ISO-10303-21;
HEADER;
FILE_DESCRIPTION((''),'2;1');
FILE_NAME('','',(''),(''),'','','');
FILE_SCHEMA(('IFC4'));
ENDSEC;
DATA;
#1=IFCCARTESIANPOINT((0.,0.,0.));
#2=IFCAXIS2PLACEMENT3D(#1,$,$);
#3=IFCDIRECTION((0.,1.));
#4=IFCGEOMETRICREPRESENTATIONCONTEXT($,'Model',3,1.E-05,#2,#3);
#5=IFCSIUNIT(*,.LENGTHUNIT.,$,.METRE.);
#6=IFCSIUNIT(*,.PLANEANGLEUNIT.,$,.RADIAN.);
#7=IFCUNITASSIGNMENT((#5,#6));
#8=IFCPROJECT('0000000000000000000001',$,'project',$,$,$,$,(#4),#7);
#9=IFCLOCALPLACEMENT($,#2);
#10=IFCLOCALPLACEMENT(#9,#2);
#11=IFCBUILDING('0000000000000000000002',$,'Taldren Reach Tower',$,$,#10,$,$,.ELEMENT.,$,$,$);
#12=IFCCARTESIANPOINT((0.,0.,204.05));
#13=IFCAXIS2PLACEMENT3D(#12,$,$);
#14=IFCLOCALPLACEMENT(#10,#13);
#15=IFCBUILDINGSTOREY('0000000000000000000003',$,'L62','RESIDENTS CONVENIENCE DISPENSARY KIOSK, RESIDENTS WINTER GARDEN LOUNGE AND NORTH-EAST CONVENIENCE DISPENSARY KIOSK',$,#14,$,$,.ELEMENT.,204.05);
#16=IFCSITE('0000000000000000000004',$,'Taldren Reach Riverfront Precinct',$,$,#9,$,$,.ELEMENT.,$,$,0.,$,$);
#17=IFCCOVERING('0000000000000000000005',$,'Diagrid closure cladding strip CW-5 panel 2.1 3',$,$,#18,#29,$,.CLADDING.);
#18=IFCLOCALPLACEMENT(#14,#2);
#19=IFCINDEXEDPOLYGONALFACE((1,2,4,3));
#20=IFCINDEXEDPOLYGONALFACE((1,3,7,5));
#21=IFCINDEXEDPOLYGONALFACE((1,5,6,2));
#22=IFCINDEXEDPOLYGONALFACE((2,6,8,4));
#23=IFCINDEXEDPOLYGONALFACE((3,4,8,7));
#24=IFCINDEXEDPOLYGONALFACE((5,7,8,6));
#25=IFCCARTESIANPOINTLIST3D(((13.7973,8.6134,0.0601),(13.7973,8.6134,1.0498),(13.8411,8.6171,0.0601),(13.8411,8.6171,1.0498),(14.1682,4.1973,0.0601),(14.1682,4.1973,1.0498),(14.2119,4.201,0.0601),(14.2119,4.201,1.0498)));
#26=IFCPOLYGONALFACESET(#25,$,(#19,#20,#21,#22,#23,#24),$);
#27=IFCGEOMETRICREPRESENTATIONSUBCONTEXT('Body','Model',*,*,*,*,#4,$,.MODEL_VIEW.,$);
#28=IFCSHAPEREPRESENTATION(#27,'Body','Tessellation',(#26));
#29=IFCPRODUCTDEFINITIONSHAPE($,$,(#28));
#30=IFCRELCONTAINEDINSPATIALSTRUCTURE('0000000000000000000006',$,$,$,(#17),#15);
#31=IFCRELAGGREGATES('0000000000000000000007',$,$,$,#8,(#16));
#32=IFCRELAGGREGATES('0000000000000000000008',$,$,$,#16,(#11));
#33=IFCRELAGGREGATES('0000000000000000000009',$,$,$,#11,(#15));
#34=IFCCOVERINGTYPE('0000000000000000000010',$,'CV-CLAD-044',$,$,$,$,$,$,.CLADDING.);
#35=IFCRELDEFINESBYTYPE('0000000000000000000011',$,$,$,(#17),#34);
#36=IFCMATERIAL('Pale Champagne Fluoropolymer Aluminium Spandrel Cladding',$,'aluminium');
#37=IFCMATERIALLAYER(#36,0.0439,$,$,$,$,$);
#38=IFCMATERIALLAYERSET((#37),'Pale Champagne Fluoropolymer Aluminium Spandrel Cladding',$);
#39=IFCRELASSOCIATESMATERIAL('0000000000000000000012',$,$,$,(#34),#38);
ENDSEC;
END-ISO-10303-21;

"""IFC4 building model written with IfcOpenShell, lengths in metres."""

from ifc_helpers import new_model, si_unit, direction, frame, origin, origin_2d, place, context, subcontext, project, spatial, rectangle, extrude, source, transform, mapped, material, layer, layer_set, type_object, element, save


model = new_model("IFC4")

# Units and contexts
model_context = context("Model", 3, precision=1e-05, world=origin(), true_north=direction((0.0, 1.0)))
body_context = subcontext(model_context, "Body", "Model", "MODEL_VIEW")
ifc_project = project(units=[si_unit("LENGTHUNIT", "METRE"), si_unit("PLANEANGLEUNIT", "RADIAN")], contexts=[model_context])

# Site, building, storey
site_placement = place(None, origin())
site = spatial("IfcSite", under=ifc_project, at=site_placement, Name="Taldren Reach Riverfront Precinct", CompositionType="ELEMENT", RefElevation=0.0)
building_placement = place(site_placement, origin())
building = spatial("IfcBuilding", under=site, at=building_placement, Name="Taldren Reach Tower", CompositionType="ELEMENT")
storey_placement = place(building_placement, frame((0.0, 0.0, 204.05)))
storey = spatial("IfcBuildingStorey", under=building, at=storey_placement, Name="L62", Description="RESIDENTS CONVENIENCE DISPENSARY KIOSK, RESIDENTS WINTER GARDEN LOUNGE AND NORTH-EAST CONVENIENCE DISPENSARY KIOSK", CompositionType="ELEMENT", Elevation=204.05)

# Covering
ifc_material_1 = material(Name="Pale Champagne Fluoropolymer Aluminium Spandrel Cladding", Category="aluminium")
ifc_layer_1 = layer(ifc_material_1, 0.0439)
ifc_layer_set_1 = layer_set([ifc_layer_1], Name="Pale Champagne Fluoropolymer Aluminium Spandrel Cladding")
covering_type = type_object("IfcCoveringType", Name="CV-CLAD-044", PredefinedType="CLADDING", material=ifc_layer_set_1)
shared_shape_1 = source(origin(), body_context, "Body", "SweptSolid", [
    extrude(rectangle(XDim=4.4316, YDim=0.0439, at=origin_2d()), origin(), (0.0, 0.0, 1.0), 0.9897),
])
covering_placement = place(storey_placement, frame((14.0046, 6.4072, 0.0601), z_axis=(0.0, 0.0, 1.0), x_axis=(0.083678, -0.996493, 0.0)))
element("IfcCovering", 1, at=covering_placement, inside=storey, type_object=covering_type, Name="Diagrid closure cladding strip CW-5 panel 2.1 3", PredefinedType="CLADDING", context=body_context, shape_type="MappedRepresentation", body=[
    mapped(shared_shape_1, transform((0.0, 0.0, 0.0), scale=1.0)),
])

save(model, "model.ifc")
